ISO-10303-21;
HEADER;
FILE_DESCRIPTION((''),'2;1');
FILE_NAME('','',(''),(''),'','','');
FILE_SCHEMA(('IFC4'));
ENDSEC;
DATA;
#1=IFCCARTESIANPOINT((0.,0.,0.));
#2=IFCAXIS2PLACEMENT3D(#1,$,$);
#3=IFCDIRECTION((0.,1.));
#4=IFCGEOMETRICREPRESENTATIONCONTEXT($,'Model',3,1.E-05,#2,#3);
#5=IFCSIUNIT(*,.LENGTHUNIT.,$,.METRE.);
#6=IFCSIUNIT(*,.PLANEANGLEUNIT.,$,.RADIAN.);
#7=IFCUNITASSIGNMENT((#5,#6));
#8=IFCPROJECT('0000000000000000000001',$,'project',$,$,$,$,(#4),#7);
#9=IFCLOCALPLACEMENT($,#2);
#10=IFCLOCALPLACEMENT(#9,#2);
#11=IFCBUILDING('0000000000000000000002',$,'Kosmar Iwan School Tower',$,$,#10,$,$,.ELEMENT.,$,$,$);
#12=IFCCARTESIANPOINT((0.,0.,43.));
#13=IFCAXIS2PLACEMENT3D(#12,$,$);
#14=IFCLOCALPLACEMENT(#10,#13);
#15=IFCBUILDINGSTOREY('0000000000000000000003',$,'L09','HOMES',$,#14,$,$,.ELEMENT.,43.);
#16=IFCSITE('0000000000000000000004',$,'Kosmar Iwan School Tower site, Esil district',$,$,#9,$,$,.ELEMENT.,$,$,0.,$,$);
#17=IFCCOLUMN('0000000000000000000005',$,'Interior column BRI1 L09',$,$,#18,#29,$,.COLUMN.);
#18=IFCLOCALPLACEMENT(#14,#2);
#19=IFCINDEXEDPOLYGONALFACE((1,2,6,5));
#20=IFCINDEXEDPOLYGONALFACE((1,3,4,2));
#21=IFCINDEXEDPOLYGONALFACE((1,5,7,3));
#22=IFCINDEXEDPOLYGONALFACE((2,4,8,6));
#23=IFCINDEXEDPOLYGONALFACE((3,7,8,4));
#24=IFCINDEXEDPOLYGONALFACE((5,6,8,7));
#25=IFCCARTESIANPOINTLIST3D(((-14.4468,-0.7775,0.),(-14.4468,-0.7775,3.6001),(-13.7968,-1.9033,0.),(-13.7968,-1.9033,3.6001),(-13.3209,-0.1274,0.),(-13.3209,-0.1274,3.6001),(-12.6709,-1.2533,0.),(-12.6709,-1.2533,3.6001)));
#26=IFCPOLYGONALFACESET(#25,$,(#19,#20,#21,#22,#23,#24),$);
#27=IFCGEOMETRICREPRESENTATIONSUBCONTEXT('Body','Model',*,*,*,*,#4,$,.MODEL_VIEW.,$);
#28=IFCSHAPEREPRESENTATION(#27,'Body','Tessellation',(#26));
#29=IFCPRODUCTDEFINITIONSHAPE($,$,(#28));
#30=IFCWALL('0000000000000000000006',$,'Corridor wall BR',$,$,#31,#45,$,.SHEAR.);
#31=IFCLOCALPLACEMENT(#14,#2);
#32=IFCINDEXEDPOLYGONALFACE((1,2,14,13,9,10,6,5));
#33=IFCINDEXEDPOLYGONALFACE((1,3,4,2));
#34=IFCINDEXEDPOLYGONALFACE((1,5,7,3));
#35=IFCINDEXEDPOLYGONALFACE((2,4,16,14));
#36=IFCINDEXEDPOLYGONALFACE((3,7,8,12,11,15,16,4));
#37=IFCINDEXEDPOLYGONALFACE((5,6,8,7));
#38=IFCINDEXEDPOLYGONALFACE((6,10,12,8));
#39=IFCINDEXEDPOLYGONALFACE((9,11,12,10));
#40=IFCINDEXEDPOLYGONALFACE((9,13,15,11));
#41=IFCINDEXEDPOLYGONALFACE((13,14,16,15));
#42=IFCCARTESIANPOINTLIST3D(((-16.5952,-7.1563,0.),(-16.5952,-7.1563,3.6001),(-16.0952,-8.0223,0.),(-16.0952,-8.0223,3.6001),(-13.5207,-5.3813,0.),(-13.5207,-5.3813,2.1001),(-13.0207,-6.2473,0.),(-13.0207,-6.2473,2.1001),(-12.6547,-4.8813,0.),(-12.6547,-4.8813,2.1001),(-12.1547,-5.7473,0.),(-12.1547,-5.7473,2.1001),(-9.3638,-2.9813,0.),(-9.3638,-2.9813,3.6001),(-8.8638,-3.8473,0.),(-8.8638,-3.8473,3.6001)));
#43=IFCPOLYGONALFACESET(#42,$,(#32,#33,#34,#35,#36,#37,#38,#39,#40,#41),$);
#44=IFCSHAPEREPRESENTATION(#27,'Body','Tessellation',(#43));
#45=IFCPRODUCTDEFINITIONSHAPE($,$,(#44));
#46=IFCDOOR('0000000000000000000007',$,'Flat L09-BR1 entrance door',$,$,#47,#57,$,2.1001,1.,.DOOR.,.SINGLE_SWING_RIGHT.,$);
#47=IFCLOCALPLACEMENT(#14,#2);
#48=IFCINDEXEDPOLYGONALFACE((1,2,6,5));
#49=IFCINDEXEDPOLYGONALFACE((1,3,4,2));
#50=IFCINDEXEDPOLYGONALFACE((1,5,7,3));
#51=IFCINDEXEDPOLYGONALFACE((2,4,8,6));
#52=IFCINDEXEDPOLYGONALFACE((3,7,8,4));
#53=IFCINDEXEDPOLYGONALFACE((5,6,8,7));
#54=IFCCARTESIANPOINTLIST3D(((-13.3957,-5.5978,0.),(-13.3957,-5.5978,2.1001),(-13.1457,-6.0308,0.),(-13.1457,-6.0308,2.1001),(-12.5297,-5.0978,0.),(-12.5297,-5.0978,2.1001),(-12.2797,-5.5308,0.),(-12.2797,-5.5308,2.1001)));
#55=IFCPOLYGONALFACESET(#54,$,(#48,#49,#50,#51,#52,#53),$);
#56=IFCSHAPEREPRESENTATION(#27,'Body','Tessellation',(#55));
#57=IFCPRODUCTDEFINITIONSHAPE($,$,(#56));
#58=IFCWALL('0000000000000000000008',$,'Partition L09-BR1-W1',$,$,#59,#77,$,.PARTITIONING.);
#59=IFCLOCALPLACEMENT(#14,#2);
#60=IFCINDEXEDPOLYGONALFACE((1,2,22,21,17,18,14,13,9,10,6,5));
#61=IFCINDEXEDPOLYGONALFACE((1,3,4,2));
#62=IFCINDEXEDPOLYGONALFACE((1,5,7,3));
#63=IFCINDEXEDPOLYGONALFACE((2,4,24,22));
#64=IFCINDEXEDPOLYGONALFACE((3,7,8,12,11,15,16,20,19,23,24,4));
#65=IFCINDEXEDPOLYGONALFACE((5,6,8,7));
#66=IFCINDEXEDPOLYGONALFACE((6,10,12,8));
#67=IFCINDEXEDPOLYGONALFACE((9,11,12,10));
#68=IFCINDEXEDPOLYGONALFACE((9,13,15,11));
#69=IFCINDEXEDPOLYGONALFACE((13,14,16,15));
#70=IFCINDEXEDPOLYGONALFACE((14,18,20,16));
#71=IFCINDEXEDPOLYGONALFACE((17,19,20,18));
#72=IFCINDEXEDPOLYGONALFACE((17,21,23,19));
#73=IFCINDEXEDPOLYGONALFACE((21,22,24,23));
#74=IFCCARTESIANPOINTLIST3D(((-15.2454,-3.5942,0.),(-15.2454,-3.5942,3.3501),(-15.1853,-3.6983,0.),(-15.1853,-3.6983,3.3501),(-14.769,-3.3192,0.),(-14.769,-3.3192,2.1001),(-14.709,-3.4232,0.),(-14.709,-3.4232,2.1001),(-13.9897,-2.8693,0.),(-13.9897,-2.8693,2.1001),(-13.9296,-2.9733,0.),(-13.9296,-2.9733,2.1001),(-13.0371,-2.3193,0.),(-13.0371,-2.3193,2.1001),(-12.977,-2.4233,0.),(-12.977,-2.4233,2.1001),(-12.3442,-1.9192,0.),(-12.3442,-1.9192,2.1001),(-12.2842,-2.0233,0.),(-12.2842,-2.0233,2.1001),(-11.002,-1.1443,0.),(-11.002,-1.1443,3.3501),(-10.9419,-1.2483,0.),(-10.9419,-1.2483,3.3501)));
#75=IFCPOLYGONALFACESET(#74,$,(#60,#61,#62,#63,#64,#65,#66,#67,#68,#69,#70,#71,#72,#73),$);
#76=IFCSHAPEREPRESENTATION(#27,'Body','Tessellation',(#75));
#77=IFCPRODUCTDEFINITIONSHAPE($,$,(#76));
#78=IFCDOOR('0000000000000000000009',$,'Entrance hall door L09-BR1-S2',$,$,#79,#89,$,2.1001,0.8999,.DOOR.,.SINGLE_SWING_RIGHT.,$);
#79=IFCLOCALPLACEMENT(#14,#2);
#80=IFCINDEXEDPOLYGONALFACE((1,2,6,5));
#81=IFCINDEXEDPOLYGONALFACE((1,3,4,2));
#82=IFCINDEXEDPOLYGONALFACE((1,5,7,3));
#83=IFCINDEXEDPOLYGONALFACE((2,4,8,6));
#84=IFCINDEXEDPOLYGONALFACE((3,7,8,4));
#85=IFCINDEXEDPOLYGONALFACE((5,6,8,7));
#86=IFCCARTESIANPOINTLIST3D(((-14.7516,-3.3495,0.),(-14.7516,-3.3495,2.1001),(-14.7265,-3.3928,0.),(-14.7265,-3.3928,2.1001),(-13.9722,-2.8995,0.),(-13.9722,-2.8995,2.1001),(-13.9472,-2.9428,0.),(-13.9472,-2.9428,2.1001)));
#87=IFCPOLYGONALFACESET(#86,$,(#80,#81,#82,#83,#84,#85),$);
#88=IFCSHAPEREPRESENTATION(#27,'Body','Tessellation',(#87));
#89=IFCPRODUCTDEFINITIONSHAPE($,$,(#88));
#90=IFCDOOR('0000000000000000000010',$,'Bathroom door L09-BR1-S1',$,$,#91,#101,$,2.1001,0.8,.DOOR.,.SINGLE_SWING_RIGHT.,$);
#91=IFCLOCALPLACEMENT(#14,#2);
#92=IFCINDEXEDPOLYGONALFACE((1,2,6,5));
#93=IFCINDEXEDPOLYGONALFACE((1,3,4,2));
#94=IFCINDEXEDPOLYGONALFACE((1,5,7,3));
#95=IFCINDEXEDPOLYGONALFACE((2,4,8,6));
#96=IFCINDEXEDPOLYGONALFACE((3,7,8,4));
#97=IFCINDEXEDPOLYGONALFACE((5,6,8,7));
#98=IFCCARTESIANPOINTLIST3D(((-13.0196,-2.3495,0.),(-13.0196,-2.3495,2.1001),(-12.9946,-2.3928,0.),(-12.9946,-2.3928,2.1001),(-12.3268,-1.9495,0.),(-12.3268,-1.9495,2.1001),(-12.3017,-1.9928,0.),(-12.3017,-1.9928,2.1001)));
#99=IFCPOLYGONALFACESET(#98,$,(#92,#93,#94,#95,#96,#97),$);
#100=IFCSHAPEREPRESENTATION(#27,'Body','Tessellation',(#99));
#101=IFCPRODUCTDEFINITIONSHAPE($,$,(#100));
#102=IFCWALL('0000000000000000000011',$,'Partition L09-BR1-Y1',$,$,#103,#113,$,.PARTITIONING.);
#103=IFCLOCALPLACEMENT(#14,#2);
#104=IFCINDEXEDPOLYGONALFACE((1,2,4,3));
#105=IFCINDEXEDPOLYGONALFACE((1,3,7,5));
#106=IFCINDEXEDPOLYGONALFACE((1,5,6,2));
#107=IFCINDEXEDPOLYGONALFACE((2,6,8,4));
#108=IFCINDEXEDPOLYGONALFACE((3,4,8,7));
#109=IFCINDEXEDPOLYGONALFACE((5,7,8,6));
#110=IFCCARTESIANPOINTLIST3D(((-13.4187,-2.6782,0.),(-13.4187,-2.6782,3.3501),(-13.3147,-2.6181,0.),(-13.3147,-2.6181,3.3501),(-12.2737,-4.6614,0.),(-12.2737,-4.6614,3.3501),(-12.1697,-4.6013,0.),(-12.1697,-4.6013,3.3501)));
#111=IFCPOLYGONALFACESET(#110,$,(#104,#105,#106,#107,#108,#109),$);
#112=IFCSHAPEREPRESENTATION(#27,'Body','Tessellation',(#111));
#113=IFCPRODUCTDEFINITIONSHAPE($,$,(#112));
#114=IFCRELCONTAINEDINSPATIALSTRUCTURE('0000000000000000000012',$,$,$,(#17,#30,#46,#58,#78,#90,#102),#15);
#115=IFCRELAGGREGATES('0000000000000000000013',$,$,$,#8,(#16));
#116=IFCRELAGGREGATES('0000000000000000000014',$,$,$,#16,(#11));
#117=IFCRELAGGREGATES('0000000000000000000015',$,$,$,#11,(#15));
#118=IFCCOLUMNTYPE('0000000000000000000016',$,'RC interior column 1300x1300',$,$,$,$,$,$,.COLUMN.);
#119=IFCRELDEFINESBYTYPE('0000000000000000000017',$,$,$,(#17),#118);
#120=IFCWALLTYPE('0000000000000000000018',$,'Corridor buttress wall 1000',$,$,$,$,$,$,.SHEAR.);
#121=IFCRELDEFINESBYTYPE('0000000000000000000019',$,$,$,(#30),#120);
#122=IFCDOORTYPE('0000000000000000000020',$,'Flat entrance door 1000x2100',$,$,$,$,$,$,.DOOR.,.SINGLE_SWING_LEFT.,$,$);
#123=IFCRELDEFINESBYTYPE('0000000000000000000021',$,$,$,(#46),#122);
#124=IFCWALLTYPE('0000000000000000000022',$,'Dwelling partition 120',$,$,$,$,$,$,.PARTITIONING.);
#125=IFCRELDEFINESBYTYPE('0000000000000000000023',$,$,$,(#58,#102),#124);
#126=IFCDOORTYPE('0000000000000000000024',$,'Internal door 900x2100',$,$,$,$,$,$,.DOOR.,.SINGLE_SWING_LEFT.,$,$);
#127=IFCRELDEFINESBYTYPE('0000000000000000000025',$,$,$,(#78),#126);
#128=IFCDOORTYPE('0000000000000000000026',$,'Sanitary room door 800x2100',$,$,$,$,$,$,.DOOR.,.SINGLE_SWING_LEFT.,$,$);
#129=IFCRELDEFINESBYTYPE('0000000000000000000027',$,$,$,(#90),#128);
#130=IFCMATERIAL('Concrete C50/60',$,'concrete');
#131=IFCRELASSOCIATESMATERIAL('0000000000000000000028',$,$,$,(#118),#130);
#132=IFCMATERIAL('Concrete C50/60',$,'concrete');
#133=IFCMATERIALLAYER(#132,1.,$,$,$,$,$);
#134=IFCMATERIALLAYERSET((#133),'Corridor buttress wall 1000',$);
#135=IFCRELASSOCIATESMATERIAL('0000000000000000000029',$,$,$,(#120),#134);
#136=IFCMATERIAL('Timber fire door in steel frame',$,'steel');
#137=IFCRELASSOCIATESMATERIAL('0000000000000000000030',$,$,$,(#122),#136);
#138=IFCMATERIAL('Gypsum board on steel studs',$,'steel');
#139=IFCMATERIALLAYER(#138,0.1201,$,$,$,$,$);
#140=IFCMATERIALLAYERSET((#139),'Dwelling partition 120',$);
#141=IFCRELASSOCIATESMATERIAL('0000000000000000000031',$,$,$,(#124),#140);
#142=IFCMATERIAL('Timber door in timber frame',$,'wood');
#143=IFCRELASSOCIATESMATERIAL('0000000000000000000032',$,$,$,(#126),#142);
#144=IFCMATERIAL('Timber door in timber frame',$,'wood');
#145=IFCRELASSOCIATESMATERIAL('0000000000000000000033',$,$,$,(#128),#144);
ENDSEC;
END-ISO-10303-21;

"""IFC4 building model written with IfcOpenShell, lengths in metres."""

from ifc_helpers import new_model, si_unit, direction, frame, frame_2d, origin, origin_2d, place, context, subcontext, project, spatial, rectangle, extrude, material, layer, layer_set, material_profile, profile_set, type_object, element, fill, save


model = new_model("IFC4")

# Units and contexts
model_context = context("Model", 3, precision=1e-05, world=origin(), true_north=direction((0.0, 1.0)))
body_context = subcontext(model_context, "Body", "Model", "MODEL_VIEW")
ifc_project = project(units=[si_unit("LENGTHUNIT", "METRE"), si_unit("PLANEANGLEUNIT", "RADIAN")], contexts=[model_context])

# Site, building, storey
site_placement = place(None, origin())
site = spatial("IfcSite", under=ifc_project, at=site_placement, Name="Kosmar Iwan School Tower site, Esil district", CompositionType="ELEMENT", RefElevation=0.0)
building_placement = place(site_placement, origin())
building = spatial("IfcBuilding", under=site, at=building_placement, Name="Kosmar Iwan School Tower", CompositionType="ELEMENT")
storey_placement = place(building_placement, frame((0.0, 0.0, 43.0)))
storey = spatial("IfcBuildingStorey", under=building, at=storey_placement, Name="L09", Description="HOMES", CompositionType="ELEMENT", Elevation=43.0)

# Column
ifc_material_1 = material(Name="Concrete C50/60", Category="concrete")
ifc_material_profile = material_profile(ifc_material_1, rectangle(XDim=1.3, YDim=1.3, at=origin_2d()), Name="RC 1300x1300")
ifc_profile_set = profile_set([ifc_material_profile], Name="Concrete C50/60")
column_type = type_object("IfcColumnType", Name="RC interior column 1300x1300", PredefinedType="COLUMN", material=ifc_profile_set)
column_placement = place(storey_placement, frame((-13.5588, -1.0154, 0.0), z_axis=(0.0, 0.0, 1.0), x_axis=(-0.866025, -0.5, 0.0)))
element("IfcColumn", 1, at=column_placement, inside=storey, type_object=column_type, Name="Interior column BRI1 L09", PredefinedType="COLUMN", context=body_context, shape_type="SweptSolid", body=[
    extrude(rectangle(XDim=1.3, YDim=1.3, at=origin_2d()), origin(), (0.0, 0.0, 1.0), 3.6001),
])

# Wall, opening, door
ifc_material_2 = material(Name="Concrete C50/60", Category="concrete")
ifc_layer_1 = layer(ifc_material_2, 1.0)
ifc_layer_set_1 = layer_set([ifc_layer_1], Name="Corridor buttress wall 1000")
wall_type_1 = type_object("IfcWallType", Name="Corridor buttress wall 1000", PredefinedType="SHEAR", material=ifc_layer_set_1)
wall_1_placement = place(storey_placement, frame((-9.1138, -3.4143, 0.0), z_axis=(0.0, 0.0, 1.0), x_axis=(-0.866027, -0.499997, 0.0)))
wall_1 = element("IfcWall", 2, at=wall_1_placement, inside=storey, type_object=wall_type_1, Name="Corridor wall BR", PredefinedType="SHEAR", context=body_context, shape_type="SweptSolid", body=[
    extrude(rectangle(XDim=8.3501, YDim=1.0, at=frame_2d((4.175, 0.0))), origin(), (0.0, 0.0, 1.0), 3.6001),
])
opening_1_placement = place(wall_1_placement, frame((3.8, 0.0, 0.0)))
opening_1 = element("IfcOpeningElement", 3, at=opening_1_placement, cuts=wall_1, PredefinedType="OPENING", context=body_context, shape_type="SweptSolid", body=[
    extrude(rectangle(XDim=1.0, YDim=2.1001, at=frame_2d((0.5, 1.05))), frame((0.0, 0.512, 0.0), z_axis=(0.0, -1.0, 0.0), x_axis=(1.0, 0.0, 0.0)), (0.0, 0.0, 1.0), 1.0239),
])
ifc_material_3 = material(Name="Timber fire door in steel frame", Category="steel")
door_type_1 = type_object("IfcDoorType", Name="Flat entrance door 1000x2100", OperationType="SINGLE_SWING_LEFT", PredefinedType="DOOR", material=ifc_material_3)
door_1_placement = place(opening_1_placement, origin())
door_1 = element("IfcDoor", 4, at=door_1_placement, inside=storey, type_object=door_type_1, Name="Flat L09-BR1 entrance door", OperationType="SINGLE_SWING_RIGHT", OverallHeight=2.1001, OverallWidth=1.0, PredefinedType="DOOR", context=body_context, shape_type="SweptSolid", body=[
    extrude(rectangle(XDim=1.0, YDim=2.1001, at=frame_2d((0.5, 1.05))), frame((0.0, 0.25, 0.0), z_axis=(0.0, -1.0, 0.0), x_axis=(1.0, 0.0, 0.0)), (0.0, 0.0, 1.0), 0.5),
])
fill(opening_1, door_1)

# Wall, openings, doors
ifc_material_4 = material(Name="Gypsum board on steel studs", Category="steel")
ifc_layer_2 = layer(ifc_material_4, 0.1201)
ifc_layer_set_2 = layer_set([ifc_layer_2], Name="Dwelling partition 120")
wall_type_2 = type_object("IfcWallType", Name="Dwelling partition 120", PredefinedType="PARTITIONING", material=ifc_layer_set_2)
wall_2_placement = place(storey_placement, frame((-10.9719, -1.1963, 0.0), z_axis=(0.0, 0.0, 1.0), x_axis=(-0.866024, -0.500003, 0.0)))
wall_2 = element("IfcWall", 5, at=wall_2_placement, inside=storey, type_object=wall_type_2, Name="Partition L09-BR1-W1", PredefinedType="PARTITIONING", context=body_context, shape_type="SweptSolid", body=[
    extrude(rectangle(XDim=4.8999, YDim=0.1201, at=frame_2d((2.45, 0.0))), origin(), (0.0, 0.0, 1.0), 3.3501),
])
opening_2_placement = place(wall_2_placement, frame((1.55, 0.0, 0.0)))
opening_2 = element("IfcOpeningElement", 6, at=opening_2_placement, cuts=wall_2, PredefinedType="OPENING", context=body_context, shape_type="SweptSolid", body=[
    extrude(rectangle(XDim=0.8, YDim=2.1001, at=frame_2d((0.3999, 1.05))), frame((0.0, 0.072, 0.0), z_axis=(0.0, -1.0, 0.0), x_axis=(1.0, 0.0, 0.0)), (0.0, 0.0, 1.0), 0.144),
])
opening_3_placement = place(wall_2_placement, frame((3.45, 0.0, 0.0)))
opening_3 = element("IfcOpeningElement", 7, at=opening_3_placement, cuts=wall_2, PredefinedType="OPENING", context=body_context, shape_type="SweptSolid", body=[
    extrude(rectangle(XDim=0.8999, YDim=2.1001, at=frame_2d((0.45, 1.05))), frame((0.0, 0.072, 0.0), z_axis=(0.0, -1.0, 0.0), x_axis=(1.0, 0.0, 0.0)), (0.0, 0.0, 1.0), 0.144),
])
ifc_material_5 = material(Name="Timber door in timber frame", Category="wood")
door_type_2 = type_object("IfcDoorType", Name="Internal door 900x2100", OperationType="SINGLE_SWING_LEFT", PredefinedType="DOOR", material=ifc_material_5)
door_2_placement = place(opening_3_placement, origin())
door_2 = element("IfcDoor", 8, at=door_2_placement, inside=storey, type_object=door_type_2, Name="Entrance hall door L09-BR1-S2", OperationType="SINGLE_SWING_RIGHT", OverallHeight=2.1001, OverallWidth=0.8999, PredefinedType="DOOR", context=body_context, shape_type="SweptSolid", body=[
    extrude(rectangle(XDim=0.8999, YDim=2.1001, at=frame_2d((0.45, 1.05))), frame((0.0, 0.0249, 0.0), z_axis=(0.0, -1.0, 0.0), x_axis=(1.0, 0.0, 0.0)), (0.0, 0.0, 1.0), 0.05),
])
fill(opening_3, door_2)
ifc_material_6 = material(Name="Timber door in timber frame", Category="wood")
door_type_3 = type_object("IfcDoorType", Name="Sanitary room door 800x2100", OperationType="SINGLE_SWING_LEFT", PredefinedType="DOOR", material=ifc_material_6)
door_3_placement = place(opening_2_placement, origin())
door_3 = element("IfcDoor", 9, at=door_3_placement, inside=storey, type_object=door_type_3, Name="Bathroom door L09-BR1-S1", OperationType="SINGLE_SWING_RIGHT", OverallHeight=2.1001, OverallWidth=0.8, PredefinedType="DOOR", context=body_context, shape_type="SweptSolid", body=[
    extrude(rectangle(XDim=0.8, YDim=2.1001, at=frame_2d((0.3999, 1.05))), frame((0.0, 0.0249, 0.0), z_axis=(0.0, -1.0, 0.0), x_axis=(1.0, 0.0, 0.0)), (0.0, 0.0, 1.0), 0.05),
])
fill(opening_2, door_3)

# Wall
wall_3_placement = place(storey_placement, frame((-12.2217, -4.6313, 0.0), z_axis=(0.0, 0.0, 1.0), x_axis=(-0.500015, 0.866017, 0.0)))
element("IfcWall", 10, at=wall_3_placement, inside=storey, type_object=wall_type_2, Name="Partition L09-BR1-Y1", PredefinedType="PARTITIONING", context=body_context, shape_type="SweptSolid", body=[
    extrude(rectangle(XDim=2.29, YDim=0.1201, at=frame_2d((1.145, 0.0))), origin(), (0.0, 0.0, 1.0), 3.3501),
])

save(model, "model.ifc")
